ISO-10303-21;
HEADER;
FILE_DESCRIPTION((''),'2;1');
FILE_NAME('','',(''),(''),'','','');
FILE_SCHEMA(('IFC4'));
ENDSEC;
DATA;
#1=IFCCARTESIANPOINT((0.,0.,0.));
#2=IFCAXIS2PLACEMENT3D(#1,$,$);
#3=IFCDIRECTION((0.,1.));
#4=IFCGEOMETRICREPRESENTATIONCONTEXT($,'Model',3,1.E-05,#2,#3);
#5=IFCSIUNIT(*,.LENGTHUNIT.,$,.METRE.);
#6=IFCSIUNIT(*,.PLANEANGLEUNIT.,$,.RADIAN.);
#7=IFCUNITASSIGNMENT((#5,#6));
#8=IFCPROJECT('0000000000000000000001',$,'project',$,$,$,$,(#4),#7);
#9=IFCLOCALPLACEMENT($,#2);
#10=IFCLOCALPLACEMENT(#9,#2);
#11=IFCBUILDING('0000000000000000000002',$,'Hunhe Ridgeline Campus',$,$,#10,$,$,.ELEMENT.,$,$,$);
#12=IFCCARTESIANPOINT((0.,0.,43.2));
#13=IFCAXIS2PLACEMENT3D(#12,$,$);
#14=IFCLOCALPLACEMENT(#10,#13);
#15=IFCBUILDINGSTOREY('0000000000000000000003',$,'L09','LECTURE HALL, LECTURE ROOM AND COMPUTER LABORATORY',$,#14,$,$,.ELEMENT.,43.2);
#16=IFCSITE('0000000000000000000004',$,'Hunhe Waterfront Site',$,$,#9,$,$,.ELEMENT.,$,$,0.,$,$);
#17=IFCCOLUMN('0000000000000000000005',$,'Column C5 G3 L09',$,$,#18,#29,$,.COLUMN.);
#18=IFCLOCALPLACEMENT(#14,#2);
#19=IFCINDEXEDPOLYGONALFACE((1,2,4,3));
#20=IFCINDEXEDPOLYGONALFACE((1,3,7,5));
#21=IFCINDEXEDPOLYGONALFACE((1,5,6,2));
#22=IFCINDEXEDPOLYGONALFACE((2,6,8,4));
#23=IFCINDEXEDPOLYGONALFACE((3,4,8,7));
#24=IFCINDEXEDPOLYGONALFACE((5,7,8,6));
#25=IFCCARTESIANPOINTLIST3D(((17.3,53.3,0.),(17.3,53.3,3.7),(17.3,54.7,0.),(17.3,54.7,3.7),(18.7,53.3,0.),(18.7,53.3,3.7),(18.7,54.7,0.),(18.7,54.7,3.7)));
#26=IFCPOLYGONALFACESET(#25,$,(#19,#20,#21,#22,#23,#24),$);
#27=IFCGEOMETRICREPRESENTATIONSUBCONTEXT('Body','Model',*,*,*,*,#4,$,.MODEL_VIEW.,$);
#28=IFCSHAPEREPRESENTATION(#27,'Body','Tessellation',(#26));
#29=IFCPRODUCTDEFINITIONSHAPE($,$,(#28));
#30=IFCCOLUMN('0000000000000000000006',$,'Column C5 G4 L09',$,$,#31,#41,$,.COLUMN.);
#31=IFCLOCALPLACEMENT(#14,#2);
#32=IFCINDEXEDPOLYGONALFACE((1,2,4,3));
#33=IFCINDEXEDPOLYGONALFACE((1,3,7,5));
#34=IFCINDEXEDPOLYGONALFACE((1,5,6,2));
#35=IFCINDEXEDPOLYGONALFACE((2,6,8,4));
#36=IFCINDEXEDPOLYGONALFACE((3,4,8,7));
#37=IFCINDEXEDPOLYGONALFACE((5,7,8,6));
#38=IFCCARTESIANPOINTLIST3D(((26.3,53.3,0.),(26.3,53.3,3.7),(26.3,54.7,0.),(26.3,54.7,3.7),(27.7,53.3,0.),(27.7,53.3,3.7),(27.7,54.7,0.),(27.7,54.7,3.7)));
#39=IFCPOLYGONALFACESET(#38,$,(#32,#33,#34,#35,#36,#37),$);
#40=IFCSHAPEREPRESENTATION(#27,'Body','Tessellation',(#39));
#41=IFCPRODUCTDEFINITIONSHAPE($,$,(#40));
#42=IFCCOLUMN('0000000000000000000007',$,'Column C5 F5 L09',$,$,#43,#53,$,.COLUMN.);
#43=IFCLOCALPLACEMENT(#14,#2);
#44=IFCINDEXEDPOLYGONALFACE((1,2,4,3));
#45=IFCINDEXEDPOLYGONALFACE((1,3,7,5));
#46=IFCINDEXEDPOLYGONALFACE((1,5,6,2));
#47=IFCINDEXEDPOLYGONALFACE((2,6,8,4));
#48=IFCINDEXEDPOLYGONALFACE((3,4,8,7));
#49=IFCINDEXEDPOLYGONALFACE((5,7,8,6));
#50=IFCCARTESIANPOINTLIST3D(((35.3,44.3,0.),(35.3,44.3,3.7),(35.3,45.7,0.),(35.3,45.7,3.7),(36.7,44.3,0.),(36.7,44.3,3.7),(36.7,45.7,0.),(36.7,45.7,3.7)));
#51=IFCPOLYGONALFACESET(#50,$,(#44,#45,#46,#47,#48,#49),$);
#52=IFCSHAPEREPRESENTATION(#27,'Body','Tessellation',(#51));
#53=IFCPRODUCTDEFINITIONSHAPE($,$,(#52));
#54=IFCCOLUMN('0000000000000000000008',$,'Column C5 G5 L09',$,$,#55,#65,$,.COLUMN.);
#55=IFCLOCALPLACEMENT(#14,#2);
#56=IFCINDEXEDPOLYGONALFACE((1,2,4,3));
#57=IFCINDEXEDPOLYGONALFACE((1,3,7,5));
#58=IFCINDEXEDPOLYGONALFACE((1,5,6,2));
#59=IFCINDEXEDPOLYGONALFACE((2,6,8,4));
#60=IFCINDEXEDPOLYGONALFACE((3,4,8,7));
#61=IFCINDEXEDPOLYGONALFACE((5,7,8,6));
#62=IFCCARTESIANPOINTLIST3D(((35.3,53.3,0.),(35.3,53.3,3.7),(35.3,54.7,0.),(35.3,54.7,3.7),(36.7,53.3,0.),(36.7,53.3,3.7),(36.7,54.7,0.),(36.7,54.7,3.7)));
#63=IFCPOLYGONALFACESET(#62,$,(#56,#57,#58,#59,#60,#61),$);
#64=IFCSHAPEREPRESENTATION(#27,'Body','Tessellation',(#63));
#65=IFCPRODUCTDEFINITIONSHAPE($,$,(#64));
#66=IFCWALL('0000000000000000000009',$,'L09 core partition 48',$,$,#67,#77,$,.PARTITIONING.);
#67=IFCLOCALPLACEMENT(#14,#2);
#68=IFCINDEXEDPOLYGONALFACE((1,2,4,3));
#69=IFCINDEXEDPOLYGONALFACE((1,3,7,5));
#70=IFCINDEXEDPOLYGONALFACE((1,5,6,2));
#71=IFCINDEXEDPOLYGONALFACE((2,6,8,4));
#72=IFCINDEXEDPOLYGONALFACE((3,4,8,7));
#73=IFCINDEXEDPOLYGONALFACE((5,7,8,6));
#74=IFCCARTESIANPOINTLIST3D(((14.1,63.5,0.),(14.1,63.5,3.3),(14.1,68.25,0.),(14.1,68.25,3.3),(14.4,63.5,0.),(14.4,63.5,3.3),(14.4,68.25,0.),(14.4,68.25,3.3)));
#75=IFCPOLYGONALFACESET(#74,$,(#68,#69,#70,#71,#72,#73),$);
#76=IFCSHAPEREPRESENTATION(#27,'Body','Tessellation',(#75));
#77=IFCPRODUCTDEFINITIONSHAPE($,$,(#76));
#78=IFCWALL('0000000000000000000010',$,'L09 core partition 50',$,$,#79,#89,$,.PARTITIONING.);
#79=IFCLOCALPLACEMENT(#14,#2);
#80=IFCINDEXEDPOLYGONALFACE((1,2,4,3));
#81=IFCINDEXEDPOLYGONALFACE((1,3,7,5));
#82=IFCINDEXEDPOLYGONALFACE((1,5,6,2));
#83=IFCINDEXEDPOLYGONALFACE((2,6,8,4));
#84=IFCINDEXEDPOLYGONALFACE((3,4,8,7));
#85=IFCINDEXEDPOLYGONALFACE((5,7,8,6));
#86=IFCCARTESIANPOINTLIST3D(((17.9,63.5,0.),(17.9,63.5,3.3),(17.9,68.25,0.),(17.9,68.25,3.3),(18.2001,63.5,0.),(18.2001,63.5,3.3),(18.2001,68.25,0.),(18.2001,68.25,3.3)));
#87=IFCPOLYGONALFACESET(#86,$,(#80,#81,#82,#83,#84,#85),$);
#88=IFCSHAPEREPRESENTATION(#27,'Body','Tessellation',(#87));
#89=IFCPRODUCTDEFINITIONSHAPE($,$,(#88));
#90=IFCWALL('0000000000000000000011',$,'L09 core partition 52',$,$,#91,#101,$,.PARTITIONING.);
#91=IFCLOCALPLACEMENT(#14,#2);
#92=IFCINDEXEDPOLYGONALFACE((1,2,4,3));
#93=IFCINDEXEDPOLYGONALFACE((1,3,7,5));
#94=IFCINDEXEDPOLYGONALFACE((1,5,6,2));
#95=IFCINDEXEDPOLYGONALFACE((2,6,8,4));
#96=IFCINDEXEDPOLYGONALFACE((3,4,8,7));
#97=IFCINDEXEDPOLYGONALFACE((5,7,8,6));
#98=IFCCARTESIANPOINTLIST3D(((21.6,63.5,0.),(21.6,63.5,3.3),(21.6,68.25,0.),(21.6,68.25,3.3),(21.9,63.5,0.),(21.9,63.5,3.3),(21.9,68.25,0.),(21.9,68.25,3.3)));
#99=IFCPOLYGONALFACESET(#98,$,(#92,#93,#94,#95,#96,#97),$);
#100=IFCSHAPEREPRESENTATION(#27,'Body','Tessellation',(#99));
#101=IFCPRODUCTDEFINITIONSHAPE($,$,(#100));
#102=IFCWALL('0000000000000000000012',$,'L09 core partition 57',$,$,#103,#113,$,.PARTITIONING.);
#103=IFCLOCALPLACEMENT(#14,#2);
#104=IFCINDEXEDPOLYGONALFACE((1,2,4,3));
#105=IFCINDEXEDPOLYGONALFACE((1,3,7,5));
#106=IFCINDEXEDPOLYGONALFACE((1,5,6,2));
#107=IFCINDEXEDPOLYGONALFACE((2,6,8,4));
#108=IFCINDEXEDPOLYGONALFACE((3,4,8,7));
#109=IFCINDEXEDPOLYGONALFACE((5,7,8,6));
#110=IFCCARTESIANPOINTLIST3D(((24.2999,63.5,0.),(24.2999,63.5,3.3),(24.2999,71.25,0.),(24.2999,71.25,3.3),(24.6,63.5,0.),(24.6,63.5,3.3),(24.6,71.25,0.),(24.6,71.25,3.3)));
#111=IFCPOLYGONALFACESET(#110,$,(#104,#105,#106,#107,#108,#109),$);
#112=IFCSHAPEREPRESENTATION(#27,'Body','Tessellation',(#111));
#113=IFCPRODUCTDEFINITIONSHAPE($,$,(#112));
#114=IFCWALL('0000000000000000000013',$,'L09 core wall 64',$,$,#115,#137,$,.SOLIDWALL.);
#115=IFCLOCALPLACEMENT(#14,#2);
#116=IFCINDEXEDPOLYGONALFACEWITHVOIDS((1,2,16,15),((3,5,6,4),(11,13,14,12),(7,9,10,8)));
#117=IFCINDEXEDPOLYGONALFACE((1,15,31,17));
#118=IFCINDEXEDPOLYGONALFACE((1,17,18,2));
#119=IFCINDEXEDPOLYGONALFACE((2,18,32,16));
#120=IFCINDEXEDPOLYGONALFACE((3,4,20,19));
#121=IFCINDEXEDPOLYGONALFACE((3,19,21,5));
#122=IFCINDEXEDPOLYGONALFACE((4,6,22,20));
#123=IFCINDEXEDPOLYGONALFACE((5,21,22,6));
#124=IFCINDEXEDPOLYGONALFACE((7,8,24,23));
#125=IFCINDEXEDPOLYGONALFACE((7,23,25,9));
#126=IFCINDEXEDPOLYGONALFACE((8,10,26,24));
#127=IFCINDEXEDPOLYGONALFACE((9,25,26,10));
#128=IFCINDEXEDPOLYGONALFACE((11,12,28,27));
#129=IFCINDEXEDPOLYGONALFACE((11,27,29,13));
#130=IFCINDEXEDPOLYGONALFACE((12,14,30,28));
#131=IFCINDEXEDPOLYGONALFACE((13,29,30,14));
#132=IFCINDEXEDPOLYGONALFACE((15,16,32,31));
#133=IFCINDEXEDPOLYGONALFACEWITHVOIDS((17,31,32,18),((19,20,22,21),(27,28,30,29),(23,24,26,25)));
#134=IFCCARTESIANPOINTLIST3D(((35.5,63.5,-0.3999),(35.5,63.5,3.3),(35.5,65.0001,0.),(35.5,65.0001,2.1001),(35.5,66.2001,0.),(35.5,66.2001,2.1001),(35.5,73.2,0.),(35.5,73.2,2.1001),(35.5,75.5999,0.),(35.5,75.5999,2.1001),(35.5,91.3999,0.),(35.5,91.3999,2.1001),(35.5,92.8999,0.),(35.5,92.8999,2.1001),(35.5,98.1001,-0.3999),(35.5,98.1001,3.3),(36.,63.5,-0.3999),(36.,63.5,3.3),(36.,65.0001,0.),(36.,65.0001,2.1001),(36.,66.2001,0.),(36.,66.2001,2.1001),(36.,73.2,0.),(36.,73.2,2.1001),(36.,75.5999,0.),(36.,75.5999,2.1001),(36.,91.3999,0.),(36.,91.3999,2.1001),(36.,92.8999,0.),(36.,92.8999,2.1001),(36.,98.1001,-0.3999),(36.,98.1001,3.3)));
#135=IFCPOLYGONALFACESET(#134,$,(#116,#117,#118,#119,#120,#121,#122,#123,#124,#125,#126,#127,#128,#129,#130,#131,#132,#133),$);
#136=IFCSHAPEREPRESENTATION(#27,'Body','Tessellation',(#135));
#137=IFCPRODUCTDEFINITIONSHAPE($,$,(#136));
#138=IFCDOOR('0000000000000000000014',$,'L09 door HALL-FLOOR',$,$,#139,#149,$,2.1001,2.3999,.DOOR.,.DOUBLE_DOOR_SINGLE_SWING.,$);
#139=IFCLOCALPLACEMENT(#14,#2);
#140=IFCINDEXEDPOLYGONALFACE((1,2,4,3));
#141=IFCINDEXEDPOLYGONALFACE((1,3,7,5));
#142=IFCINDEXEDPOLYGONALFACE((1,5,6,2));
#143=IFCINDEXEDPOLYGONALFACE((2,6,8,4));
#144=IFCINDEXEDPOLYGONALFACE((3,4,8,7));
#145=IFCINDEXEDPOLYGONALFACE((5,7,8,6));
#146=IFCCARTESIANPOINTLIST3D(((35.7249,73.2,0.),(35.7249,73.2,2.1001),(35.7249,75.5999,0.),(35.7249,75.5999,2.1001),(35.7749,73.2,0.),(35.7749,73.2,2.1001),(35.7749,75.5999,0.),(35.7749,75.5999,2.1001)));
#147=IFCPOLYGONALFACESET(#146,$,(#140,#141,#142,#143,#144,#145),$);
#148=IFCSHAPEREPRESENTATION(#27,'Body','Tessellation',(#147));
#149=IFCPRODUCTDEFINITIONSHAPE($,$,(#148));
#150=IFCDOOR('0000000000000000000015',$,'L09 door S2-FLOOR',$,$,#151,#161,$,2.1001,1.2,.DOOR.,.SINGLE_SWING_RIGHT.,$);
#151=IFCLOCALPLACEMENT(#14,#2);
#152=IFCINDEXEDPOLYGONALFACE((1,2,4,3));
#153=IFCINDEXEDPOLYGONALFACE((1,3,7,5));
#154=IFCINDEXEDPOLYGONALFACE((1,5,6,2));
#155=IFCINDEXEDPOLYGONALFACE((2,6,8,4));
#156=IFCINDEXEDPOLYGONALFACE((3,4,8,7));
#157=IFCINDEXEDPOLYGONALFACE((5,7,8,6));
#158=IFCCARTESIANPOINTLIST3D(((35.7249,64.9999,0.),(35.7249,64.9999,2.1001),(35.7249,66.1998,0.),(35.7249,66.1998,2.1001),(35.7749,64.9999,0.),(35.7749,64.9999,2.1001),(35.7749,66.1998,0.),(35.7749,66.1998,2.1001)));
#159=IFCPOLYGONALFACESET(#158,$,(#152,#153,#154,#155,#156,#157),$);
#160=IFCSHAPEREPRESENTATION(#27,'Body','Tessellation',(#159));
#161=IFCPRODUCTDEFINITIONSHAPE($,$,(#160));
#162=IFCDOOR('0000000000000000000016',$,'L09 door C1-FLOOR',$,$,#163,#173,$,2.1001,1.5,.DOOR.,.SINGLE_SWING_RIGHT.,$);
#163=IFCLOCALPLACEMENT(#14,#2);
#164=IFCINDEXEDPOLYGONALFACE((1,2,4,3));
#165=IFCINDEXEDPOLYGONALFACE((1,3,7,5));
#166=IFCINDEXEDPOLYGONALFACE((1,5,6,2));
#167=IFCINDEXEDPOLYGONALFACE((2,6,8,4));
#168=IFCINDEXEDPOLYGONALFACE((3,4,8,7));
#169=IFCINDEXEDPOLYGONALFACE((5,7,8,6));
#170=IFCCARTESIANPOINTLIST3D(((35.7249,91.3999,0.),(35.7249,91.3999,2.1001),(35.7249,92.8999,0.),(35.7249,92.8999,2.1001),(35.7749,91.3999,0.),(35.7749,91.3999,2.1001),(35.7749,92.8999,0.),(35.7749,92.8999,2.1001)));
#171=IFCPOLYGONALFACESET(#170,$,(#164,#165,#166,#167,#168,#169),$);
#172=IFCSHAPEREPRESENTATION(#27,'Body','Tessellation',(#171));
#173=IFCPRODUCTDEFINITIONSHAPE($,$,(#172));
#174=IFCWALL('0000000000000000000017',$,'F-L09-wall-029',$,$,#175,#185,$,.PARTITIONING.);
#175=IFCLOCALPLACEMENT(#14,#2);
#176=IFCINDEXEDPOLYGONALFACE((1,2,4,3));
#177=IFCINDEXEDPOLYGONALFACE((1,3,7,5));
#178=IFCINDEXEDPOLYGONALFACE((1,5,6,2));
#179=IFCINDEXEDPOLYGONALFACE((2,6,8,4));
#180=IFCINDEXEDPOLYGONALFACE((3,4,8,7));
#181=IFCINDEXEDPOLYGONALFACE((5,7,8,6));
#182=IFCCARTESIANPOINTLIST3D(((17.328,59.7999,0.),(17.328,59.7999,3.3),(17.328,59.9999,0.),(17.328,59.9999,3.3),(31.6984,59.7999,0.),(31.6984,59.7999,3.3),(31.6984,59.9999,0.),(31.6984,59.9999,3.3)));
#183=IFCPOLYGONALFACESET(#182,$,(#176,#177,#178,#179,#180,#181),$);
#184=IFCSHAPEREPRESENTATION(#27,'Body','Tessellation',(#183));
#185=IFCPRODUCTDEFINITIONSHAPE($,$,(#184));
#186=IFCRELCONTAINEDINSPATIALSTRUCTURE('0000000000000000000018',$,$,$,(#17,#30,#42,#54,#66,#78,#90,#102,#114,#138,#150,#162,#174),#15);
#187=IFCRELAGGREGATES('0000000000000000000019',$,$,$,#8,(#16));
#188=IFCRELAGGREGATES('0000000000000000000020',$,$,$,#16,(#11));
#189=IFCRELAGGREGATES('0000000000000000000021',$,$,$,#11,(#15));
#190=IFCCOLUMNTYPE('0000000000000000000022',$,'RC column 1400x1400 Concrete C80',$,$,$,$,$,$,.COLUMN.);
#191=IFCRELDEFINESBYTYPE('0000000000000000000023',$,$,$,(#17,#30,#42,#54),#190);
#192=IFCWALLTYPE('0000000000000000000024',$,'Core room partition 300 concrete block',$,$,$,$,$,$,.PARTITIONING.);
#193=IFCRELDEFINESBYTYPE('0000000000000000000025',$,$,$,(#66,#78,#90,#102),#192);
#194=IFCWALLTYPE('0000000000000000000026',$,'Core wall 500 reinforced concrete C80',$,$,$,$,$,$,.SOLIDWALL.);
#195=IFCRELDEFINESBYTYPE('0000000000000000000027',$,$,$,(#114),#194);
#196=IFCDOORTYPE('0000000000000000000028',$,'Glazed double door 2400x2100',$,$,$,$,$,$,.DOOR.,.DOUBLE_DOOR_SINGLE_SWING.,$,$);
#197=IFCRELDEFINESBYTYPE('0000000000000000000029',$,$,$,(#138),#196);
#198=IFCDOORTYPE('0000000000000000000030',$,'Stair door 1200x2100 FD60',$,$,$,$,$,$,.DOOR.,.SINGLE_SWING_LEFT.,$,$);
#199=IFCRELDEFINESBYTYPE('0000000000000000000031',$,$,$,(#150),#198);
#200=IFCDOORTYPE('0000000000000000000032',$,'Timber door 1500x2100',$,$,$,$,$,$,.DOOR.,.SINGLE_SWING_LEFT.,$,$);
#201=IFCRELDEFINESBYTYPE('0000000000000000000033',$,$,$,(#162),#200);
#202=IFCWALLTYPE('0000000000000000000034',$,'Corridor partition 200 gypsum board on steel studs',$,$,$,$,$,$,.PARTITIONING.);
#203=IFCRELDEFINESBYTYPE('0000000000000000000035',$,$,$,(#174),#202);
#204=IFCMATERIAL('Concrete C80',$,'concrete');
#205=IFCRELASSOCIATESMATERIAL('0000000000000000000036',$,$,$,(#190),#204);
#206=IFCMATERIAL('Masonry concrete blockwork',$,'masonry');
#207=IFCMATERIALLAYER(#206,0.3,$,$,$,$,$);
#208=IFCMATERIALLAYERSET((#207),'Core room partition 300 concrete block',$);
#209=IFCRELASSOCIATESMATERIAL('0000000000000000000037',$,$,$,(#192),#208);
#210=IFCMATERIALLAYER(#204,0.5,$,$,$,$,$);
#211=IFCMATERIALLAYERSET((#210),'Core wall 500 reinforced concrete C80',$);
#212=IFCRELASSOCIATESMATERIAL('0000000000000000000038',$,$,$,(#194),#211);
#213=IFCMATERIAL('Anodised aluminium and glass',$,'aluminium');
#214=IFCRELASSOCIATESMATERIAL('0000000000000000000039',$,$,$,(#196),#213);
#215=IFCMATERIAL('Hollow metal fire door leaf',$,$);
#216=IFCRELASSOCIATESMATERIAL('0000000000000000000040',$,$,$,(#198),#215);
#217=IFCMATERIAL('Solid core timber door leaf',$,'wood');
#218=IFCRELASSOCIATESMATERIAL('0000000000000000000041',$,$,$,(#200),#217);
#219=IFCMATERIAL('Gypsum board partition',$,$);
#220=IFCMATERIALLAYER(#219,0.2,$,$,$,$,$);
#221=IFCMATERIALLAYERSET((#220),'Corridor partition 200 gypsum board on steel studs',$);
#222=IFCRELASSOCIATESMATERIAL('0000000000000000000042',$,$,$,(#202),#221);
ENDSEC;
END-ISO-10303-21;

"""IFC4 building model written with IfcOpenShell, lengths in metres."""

from ifc_helpers import new_model, si_unit, direction, frame, frame_2d, origin, origin_2d, place, context, subcontext, project, spatial, rectangle, extrude, material, layer, layer_set, material_profile, profile_set, type_object, element, fill, save


model = new_model("IFC4")

# Units and contexts
model_context = context("Model", 3, precision=1e-05, world=origin(), true_north=direction((0.0, 1.0)))
body_context = subcontext(model_context, "Body", "Model", "MODEL_VIEW")
ifc_project = project(units=[si_unit("LENGTHUNIT", "METRE"), si_unit("PLANEANGLEUNIT", "RADIAN")], contexts=[model_context])

# Site, building, storey
site_placement = place(None, origin())
site = spatial("IfcSite", under=ifc_project, at=site_placement, Name="Hunhe Waterfront Site", CompositionType="ELEMENT", RefElevation=0.0)
building_placement = place(site_placement, origin())
building = spatial("IfcBuilding", under=site, at=building_placement, Name="Hunhe Ridgeline Campus", CompositionType="ELEMENT")
storey_placement = place(building_placement, frame((0.0, 0.0, 43.2)))
storey = spatial("IfcBuildingStorey", under=building, at=storey_placement, Name="L09", Description="LECTURE HALL, LECTURE ROOM AND COMPUTER LABORATORY", CompositionType="ELEMENT", Elevation=43.2)

# Columns
ifc_material_1 = material(Name="Concrete C80", Category="concrete")
ifc_material_profile = material_profile(ifc_material_1, rectangle(XDim=1.3999, YDim=1.3999, at=origin_2d()))
ifc_profile_set = profile_set([ifc_material_profile], Name="Concrete C80")
column_type = type_object("IfcColumnType", Name="RC column 1400x1400 Concrete C80", PredefinedType="COLUMN", material=ifc_profile_set)
for number, where, z_axis, x_axis, name in (
    (1, (18.0, 54.0, 0.0), (0.0, 0.0, 1.0), (1.0, 0.0, 0.0), "Column C5 G3 L09"),
    (2, (27.0, 54.0, 0.0), (0.0, 0.0, 1.0), (1.0, 0.0, 0.0), "Column C5 G4 L09"),
    (3, (36.0, 45.0, 0.0), (0.0, 0.0, 1.0), (1.0, 0.0, 0.0), "Column C5 F5 L09"),
    (4, (36.0, 54.0, 0.0), (0.0, 0.0, 1.0), (1.0, 0.0, 0.0), "Column C5 G5 L09"),
):
    element("IfcColumn", number, at=place(storey_placement, frame(where, z_axis=z_axis, x_axis=x_axis)), inside=storey, type_object=column_type, Name=name, PredefinedType="COLUMN", context=body_context, shape_type="SweptSolid", body=[
        extrude(rectangle(XDim=1.3999, YDim=1.3999, at=origin_2d()), origin(), (0.0, 0.0, 1.0), 3.7),
    ])

# Walls
ifc_material_2 = material(Name="Masonry concrete blockwork", Category="masonry")
ifc_layer_1 = layer(ifc_material_2, 0.3)
ifc_layer_set_1 = layer_set([ifc_layer_1], Name="Core room partition 300 concrete block")
wall_type_1 = type_object("IfcWallType", Name="Core room partition 300 concrete block", PredefinedType="PARTITIONING", material=ifc_layer_set_1)
for number, where, z_axis, x_axis, name in (
    (5, (14.25, 63.5, 0.0), (0.0, 0.0, 1.0), (0.0, 1.0, 0.0), "L09 core partition 48"),
    (6, (18.05, 63.5, 0.0), (0.0, 0.0, 1.0), (0.0, 1.0, 0.0), "L09 core partition 50"),
    (7, (21.75, 63.5, 0.0), (0.0, 0.0, 1.0), (0.0, 1.0, 0.0), "L09 core partition 52"),
):
    element("IfcWall", number, at=place(storey_placement, frame(where, z_axis=z_axis, x_axis=x_axis)), inside=storey, type_object=wall_type_1, Name=name, PredefinedType="PARTITIONING", context=body_context, shape_type="SweptSolid", body=[
        extrude(rectangle(XDim=4.75, YDim=0.3, at=frame_2d((2.375, 0.0))), origin(), (0.0, 0.0, 1.0), 3.3),
    ])
wall_1_placement = place(storey_placement, frame((24.45, 63.5, 0.0), z_axis=(0.0, 0.0, 1.0), x_axis=(0.0, 1.0, 0.0)))
element("IfcWall", 8, at=wall_1_placement, inside=storey, type_object=wall_type_1, Name="L09 core partition 57", PredefinedType="PARTITIONING", context=body_context, shape_type="SweptSolid", body=[
    extrude(rectangle(XDim=7.75, YDim=0.3, at=frame_2d((3.875, 0.0))), origin(), (0.0, 0.0, 1.0), 3.3),
])

# Wall, openings, doors
ifc_layer_2 = layer(ifc_material_1, 0.5)
ifc_layer_set_2 = layer_set([ifc_layer_2], Name="Core wall 500 reinforced concrete C80")
wall_type_2 = type_object("IfcWallType", Name="Core wall 500 reinforced concrete C80", PredefinedType="SOLIDWALL", material=ifc_layer_set_2)
wall_2_placement = place(storey_placement, frame((35.75, 63.5, -0.3999), z_axis=(0.0, 0.0, 1.0), x_axis=(0.0, 1.0, 0.0)))
wall_2 = element("IfcWall", 9, at=wall_2_placement, inside=storey, type_object=wall_type_2, Name="L09 core wall 64", PredefinedType="SOLIDWALL", context=body_context, shape_type="SweptSolid", body=[
    extrude(rectangle(XDim=34.6001, YDim=0.5, at=frame_2d((17.3, 0.0))), origin(), (0.0, 0.0, 1.0), 3.7),
])
opening_1_placement = place(wall_2_placement, frame((9.7, 0.0, 0.3999)))
opening_1 = element("IfcOpeningElement", 10, at=opening_1_placement, cuts=wall_2, PredefinedType="OPENING", context=body_context, shape_type="SweptSolid", body=[
    extrude(rectangle(XDim=2.3999, YDim=2.1001, at=frame_2d((1.2, 1.05))), frame((0.0, 0.25, 0.0), z_axis=(0.0, -1.0, 0.0), x_axis=(1.0, 0.0, 0.0)), (0.0, 0.0, 1.0), 0.5),
])
opening_2_placement = place(wall_2_placement, frame((27.8999, 0.0, 0.3999)))
opening_2 = element("IfcOpeningElement", 11, at=opening_2_placement, cuts=wall_2, PredefinedType="OPENING", context=body_context, shape_type="SweptSolid", body=[
    extrude(rectangle(XDim=1.5, YDim=2.1001, at=frame_2d((0.75, 1.05))), frame((0.0, 0.25, 0.0), z_axis=(0.0, -1.0, 0.0), x_axis=(1.0, 0.0, 0.0)), (0.0, 0.0, 1.0), 0.5),
])
opening_3_placement = place(wall_2_placement, frame((1.5, 0.0, 0.3999)))
opening_3 = element("IfcOpeningElement", 12, at=opening_3_placement, cuts=wall_2, PredefinedType="OPENING", context=body_context, shape_type="SweptSolid", body=[
    extrude(rectangle(XDim=1.2, YDim=2.1001, at=frame_2d((0.6001, 1.05))), frame((0.0, 0.25, 0.0), z_axis=(0.0, -1.0, 0.0), x_axis=(1.0, 0.0, 0.0)), (0.0, 0.0, 1.0), 0.5),
])
ifc_material_3 = material(Name="Anodised aluminium and glass", Category="aluminium")
door_type_1 = type_object("IfcDoorType", Name="Glazed double door 2400x2100", OperationType="DOUBLE_DOOR_SINGLE_SWING", PredefinedType="DOOR", material=ifc_material_3)
door_1_placement = place(opening_1_placement, frame((2.3999, 0.0, 0.0), z_axis=(0.0, 0.0, 1.0), x_axis=(-1.0, 0.0, 0.0)))
door_1 = element("IfcDoor", 13, at=door_1_placement, inside=storey, type_object=door_type_1, Name="L09 door HALL-FLOOR", OperationType="DOUBLE_DOOR_SINGLE_SWING", OverallHeight=2.1001, OverallWidth=2.3999, PredefinedType="DOOR", context=body_context, shape_type="SweptSolid", body=[
    extrude(rectangle(XDim=2.3999, YDim=2.1001, at=frame_2d((1.2, 1.05))), frame((0.0, 0.0249, 0.0), z_axis=(0.0, -1.0, 0.0), x_axis=(1.0, 0.0, 0.0)), (0.0, 0.0, 1.0), 0.05),
])
fill(opening_1, door_1)
ifc_material_4 = material(Name="Hollow metal fire door leaf")
door_type_2 = type_object("IfcDoorType", Name="Stair door 1200x2100 FD60", OperationType="SINGLE_SWING_LEFT", PredefinedType="DOOR", material=ifc_material_4)
door_2_placement = place(opening_3_placement, frame((1.2, 0.0, 0.0), z_axis=(0.0, 0.0, 1.0), x_axis=(-1.0, 0.0, 0.0)))
door_2 = element("IfcDoor", 14, at=door_2_placement, inside=storey, type_object=door_type_2, Name="L09 door S2-FLOOR", OperationType="SINGLE_SWING_RIGHT", OverallHeight=2.1001, OverallWidth=1.2, PredefinedType="DOOR", context=body_context, shape_type="SweptSolid", body=[
    extrude(rectangle(XDim=1.2, YDim=2.1001, at=frame_2d((0.6001, 1.05))), frame((0.0, 0.0249, 0.0), z_axis=(0.0, -1.0, 0.0), x_axis=(1.0, 0.0, 0.0)), (0.0, 0.0, 1.0), 0.05),
])
fill(opening_3, door_2)
ifc_material_5 = material(Name="Solid core timber door leaf", Category="wood")
door_type_3 = type_object("IfcDoorType", Name="Timber door 1500x2100", OperationType="SINGLE_SWING_LEFT", PredefinedType="DOOR", material=ifc_material_5)
door_3_placement = place(opening_2_placement, frame((1.5, 0.0, 0.0), z_axis=(0.0, 0.0, 1.0), x_axis=(-1.0, 0.0, 0.0)))
door_3 = element("IfcDoor", 15, at=door_3_placement, inside=storey, type_object=door_type_3, Name="L09 door C1-FLOOR", OperationType="SINGLE_SWING_RIGHT", OverallHeight=2.1001, OverallWidth=1.5, PredefinedType="DOOR", context=body_context, shape_type="SweptSolid", body=[
    extrude(rectangle(XDim=1.5, YDim=2.1001, at=frame_2d((0.75, 1.05))), frame((0.0, 0.0249, 0.0), z_axis=(0.0, -1.0, 0.0), x_axis=(1.0, 0.0, 0.0)), (0.0, 0.0, 1.0), 0.05),
])
fill(opening_2, door_3)

# Wall
ifc_material_6 = material(Name="Gypsum board partition")
ifc_layer_3 = layer(ifc_material_6, 0.2)
ifc_layer_set_3 = layer_set([ifc_layer_3], Name="Corridor partition 200 gypsum board on steel studs")
wall_type_3 = type_object("IfcWallType", Name="Corridor partition 200 gypsum board on steel studs", PredefinedType="PARTITIONING", material=ifc_layer_set_3)
wall_3_placement = place(storey_placement, frame((31.6982, 59.8999, 0.0), z_axis=(0.0, 0.0, 1.0), x_axis=(-1.0, 0.0, 0.0)))
element("IfcWall", 16, at=wall_3_placement, inside=storey, type_object=wall_type_3, Name="F-L09-wall-029", PredefinedType="PARTITIONING", context=body_context, shape_type="SweptSolid", body=[
    extrude(rectangle(XDim=14.3704, YDim=0.2, at=frame_2d((7.1851, 0.0))), origin(), (0.0, 0.0, 1.0), 3.3),
])

save(model, "model.ifc")
